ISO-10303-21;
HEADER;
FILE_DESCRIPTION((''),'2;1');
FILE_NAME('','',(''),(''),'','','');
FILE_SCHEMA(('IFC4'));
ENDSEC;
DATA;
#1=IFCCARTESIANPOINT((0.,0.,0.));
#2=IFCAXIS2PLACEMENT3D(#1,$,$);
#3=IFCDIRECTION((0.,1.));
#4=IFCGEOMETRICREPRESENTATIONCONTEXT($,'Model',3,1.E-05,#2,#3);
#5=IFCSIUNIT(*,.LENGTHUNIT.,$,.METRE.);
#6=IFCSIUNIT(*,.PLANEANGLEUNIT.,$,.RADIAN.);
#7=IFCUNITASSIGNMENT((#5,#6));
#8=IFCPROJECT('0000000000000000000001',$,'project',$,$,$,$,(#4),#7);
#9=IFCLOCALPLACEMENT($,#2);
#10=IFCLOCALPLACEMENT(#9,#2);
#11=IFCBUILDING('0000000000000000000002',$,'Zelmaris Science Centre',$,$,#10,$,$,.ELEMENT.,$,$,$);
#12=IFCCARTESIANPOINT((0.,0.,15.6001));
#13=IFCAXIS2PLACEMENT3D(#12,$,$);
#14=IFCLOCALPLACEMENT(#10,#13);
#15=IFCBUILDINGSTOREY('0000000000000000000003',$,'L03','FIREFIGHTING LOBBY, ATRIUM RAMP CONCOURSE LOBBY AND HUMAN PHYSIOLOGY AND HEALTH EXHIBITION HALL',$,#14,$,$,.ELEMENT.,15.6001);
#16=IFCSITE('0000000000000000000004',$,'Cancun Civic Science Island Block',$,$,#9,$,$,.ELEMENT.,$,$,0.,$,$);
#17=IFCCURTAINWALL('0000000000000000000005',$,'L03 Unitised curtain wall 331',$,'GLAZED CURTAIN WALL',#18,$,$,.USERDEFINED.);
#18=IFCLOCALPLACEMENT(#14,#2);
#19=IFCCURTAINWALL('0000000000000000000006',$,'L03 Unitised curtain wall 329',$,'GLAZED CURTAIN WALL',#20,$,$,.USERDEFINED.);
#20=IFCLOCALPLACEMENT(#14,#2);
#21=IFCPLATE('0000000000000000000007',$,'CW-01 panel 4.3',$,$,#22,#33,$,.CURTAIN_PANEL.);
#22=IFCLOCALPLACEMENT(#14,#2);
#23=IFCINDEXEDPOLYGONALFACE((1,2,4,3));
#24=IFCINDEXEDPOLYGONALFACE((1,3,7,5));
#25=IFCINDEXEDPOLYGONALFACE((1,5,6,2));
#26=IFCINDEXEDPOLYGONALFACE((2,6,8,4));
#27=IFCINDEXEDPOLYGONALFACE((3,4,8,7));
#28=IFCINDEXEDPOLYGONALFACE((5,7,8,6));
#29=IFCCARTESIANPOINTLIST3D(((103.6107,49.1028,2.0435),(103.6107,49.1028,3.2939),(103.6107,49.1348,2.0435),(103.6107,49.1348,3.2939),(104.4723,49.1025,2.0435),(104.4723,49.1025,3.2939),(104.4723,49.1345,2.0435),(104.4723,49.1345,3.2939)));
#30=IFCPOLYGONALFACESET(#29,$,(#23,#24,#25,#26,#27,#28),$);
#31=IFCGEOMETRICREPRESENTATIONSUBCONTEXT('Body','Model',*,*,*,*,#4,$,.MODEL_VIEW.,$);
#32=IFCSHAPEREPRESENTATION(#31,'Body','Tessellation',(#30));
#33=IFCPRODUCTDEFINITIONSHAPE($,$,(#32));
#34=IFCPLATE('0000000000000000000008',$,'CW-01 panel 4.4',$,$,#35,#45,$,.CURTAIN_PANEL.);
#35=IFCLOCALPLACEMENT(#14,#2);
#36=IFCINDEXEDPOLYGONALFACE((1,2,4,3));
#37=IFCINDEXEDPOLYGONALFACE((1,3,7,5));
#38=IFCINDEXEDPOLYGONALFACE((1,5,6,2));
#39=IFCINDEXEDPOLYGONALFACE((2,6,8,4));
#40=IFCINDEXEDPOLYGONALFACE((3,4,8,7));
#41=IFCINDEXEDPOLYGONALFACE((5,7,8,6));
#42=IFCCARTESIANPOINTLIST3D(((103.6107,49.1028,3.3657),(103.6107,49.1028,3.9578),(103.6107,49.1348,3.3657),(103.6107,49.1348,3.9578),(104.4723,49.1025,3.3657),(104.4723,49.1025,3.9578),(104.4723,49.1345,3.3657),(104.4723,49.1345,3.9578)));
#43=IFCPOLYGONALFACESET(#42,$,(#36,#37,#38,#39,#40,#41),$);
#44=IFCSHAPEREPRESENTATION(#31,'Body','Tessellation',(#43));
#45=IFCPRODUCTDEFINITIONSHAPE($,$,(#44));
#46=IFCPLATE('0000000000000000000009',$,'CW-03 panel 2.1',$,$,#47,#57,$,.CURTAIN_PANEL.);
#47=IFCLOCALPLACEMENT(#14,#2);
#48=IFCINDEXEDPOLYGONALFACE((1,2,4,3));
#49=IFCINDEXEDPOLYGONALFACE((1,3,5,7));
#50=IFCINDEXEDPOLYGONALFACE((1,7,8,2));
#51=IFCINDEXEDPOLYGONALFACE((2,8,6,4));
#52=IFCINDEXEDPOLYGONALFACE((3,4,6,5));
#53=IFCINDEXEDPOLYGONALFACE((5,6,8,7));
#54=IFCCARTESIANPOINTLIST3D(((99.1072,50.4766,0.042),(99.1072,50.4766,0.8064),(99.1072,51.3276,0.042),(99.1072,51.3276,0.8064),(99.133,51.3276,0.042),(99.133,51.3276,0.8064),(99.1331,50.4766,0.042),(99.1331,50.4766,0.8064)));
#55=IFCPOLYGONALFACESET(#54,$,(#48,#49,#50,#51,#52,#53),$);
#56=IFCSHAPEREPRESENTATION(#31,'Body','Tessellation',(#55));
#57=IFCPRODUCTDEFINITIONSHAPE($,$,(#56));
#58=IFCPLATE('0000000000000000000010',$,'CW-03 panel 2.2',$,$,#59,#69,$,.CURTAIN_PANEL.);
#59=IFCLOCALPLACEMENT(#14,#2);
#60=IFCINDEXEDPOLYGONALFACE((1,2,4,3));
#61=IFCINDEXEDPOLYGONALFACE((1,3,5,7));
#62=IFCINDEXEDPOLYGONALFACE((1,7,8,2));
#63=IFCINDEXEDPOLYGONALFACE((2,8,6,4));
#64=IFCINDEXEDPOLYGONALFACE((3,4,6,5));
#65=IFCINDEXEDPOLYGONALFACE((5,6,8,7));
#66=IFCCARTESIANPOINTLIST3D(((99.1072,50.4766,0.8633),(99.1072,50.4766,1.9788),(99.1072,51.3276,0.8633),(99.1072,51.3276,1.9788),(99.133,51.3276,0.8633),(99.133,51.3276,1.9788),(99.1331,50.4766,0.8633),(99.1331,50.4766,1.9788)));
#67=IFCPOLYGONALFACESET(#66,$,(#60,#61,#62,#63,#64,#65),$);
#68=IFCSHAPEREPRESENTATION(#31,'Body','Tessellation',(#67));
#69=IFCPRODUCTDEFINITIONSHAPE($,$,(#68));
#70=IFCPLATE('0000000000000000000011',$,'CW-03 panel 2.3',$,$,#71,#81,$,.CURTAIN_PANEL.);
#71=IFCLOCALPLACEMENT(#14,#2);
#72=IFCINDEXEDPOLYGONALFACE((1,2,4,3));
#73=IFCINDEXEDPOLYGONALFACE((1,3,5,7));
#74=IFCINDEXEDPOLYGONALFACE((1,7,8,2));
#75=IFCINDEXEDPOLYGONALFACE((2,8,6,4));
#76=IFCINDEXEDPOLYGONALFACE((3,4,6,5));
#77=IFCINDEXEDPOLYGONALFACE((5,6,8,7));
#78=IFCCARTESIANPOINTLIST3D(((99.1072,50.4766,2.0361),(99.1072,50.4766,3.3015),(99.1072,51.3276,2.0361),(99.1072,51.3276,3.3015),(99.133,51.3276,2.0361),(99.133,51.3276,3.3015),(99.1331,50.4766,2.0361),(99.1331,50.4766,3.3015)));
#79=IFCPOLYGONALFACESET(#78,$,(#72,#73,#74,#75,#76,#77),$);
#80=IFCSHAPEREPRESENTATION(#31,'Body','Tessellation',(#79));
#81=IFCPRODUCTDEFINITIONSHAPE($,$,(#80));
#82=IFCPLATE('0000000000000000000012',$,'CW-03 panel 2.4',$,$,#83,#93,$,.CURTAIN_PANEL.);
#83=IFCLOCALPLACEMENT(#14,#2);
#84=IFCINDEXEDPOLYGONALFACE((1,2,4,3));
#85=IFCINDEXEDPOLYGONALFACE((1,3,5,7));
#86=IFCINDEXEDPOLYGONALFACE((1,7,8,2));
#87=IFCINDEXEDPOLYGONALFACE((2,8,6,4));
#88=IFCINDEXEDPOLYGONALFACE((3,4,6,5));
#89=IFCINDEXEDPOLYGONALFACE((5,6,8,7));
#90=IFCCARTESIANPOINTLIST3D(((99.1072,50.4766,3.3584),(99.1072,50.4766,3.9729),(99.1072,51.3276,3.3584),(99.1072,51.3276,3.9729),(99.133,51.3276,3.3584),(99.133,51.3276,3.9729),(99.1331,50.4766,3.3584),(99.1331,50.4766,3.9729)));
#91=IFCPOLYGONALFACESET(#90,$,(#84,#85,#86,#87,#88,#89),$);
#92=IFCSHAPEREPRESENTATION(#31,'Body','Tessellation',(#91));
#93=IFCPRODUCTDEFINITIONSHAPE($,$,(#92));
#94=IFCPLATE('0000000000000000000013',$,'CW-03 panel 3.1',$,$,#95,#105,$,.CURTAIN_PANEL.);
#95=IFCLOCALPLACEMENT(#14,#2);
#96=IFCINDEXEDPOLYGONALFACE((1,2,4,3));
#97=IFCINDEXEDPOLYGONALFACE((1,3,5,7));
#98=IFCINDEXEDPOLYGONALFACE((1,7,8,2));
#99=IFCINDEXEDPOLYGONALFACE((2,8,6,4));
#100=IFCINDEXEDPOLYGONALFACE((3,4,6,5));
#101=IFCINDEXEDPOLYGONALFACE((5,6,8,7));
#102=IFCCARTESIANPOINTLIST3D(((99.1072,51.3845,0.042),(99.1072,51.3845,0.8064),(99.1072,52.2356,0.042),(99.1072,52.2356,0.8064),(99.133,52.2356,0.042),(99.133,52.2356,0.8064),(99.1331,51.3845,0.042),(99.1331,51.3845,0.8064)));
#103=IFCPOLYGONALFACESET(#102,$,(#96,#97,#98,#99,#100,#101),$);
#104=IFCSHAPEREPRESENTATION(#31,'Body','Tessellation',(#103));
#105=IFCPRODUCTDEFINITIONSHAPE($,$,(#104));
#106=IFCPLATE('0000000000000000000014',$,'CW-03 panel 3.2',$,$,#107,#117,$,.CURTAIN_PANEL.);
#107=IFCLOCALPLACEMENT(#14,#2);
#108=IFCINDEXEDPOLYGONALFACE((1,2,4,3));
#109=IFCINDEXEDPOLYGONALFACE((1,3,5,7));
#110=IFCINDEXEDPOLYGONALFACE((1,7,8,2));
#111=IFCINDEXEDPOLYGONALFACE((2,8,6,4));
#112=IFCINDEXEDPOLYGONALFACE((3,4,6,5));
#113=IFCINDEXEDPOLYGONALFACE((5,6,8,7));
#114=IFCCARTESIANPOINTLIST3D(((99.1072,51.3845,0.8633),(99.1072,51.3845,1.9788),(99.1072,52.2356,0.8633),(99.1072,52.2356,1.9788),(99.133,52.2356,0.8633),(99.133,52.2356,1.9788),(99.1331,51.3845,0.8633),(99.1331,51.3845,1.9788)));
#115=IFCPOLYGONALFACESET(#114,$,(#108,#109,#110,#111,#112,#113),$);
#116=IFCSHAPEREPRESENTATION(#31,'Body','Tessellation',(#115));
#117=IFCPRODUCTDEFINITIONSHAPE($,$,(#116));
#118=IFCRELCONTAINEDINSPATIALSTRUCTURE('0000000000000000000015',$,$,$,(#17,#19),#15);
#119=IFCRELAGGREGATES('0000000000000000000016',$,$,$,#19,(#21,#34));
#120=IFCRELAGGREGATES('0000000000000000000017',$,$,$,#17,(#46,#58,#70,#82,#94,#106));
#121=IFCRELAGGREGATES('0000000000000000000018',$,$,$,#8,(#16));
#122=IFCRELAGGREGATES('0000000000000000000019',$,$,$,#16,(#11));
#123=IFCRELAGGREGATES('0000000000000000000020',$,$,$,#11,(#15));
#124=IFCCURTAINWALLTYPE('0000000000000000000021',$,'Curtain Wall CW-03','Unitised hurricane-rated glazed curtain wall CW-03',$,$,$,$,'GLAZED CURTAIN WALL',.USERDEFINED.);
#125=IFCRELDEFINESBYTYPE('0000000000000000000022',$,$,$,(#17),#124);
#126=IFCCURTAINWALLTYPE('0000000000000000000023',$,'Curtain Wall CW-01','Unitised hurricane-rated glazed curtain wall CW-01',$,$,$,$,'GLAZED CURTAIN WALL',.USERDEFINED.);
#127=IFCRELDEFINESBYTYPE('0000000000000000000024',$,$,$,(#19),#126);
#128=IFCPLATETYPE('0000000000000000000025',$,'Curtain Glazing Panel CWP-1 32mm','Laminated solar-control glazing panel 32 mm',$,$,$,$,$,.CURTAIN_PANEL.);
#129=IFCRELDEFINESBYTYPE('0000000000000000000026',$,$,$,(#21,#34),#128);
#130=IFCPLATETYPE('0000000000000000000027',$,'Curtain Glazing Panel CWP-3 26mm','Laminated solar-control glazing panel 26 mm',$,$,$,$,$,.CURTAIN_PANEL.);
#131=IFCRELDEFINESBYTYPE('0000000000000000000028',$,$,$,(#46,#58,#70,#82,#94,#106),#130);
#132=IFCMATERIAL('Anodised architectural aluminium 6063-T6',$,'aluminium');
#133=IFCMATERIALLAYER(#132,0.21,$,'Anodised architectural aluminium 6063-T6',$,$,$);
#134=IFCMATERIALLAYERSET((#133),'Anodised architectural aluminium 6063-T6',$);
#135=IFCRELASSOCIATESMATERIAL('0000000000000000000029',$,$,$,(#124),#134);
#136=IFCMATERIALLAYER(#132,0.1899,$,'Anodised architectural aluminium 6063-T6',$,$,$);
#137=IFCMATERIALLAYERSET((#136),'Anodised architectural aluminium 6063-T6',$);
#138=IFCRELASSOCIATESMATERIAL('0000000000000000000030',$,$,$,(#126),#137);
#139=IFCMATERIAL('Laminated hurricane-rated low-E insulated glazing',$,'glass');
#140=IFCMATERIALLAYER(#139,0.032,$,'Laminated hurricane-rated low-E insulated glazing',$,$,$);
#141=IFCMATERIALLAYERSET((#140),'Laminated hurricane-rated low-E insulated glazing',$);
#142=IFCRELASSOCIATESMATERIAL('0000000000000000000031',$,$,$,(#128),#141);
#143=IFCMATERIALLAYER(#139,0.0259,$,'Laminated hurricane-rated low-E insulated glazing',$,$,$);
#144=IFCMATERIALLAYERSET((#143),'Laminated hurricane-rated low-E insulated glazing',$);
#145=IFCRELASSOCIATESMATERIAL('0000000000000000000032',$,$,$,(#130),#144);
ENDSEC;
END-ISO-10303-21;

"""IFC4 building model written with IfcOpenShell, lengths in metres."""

from ifc_helpers import new_model, si_unit, direction, frame, origin, origin_2d, place, context, subcontext, project, spatial, rectangle, extrude, material, layer, layer_set, type_object, element, aggregate, save


model = new_model("IFC4")

# Units and contexts
model_context = context("Model", 3, precision=1e-05, world=origin(), true_north=direction((0.0, 1.0)))
body_context = subcontext(model_context, "Body", "Model", "MODEL_VIEW")
ifc_project = project(units=[si_unit("LENGTHUNIT", "METRE"), si_unit("PLANEANGLEUNIT", "RADIAN")], contexts=[model_context])

# Site, building, storey
site_placement = place(None, origin())
site = spatial("IfcSite", under=ifc_project, at=site_placement, Name="Cancun Civic Science Island Block", CompositionType="ELEMENT", RefElevation=0.0)
building_placement = place(site_placement, origin())
building = spatial("IfcBuilding", under=site, at=building_placement, Name="Zelmaris Science Centre", CompositionType="ELEMENT")
storey_placement = place(building_placement, frame((0.0, 0.0, 15.6001)))
storey = spatial("IfcBuildingStorey", under=building, at=storey_placement, Name="L03", Description="FIREFIGHTING LOBBY, ATRIUM RAMP CONCOURSE LOBBY AND HUMAN PHYSIOLOGY AND HEALTH EXHIBITION HALL", CompositionType="ELEMENT", Elevation=15.6001)

# Curtain walls
ifc_material_1 = material(Name="Anodised architectural aluminium 6063-T6", Category="aluminium")
ifc_layer_1 = layer(ifc_material_1, 0.21, Name="Anodised architectural aluminium 6063-T6")
ifc_layer_set_1 = layer_set([ifc_layer_1], Name="Anodised architectural aluminium 6063-T6")
curtain_wall_type_1 = type_object("IfcCurtainWallType", Name="Curtain Wall CW-03", Description="Unitised hurricane-rated glazed curtain wall CW-03", ElementType="GLAZED CURTAIN WALL", PredefinedType="USERDEFINED", material=ifc_layer_set_1)
curtain_wall_1_placement = place(storey_placement, origin())
curtain_wall_1 = element("IfcCurtainWall", 1, at=curtain_wall_1_placement, inside=storey, type_object=curtain_wall_type_1, Name="L03 Unitised curtain wall 331", ObjectType="GLAZED CURTAIN WALL", PredefinedType="USERDEFINED")
ifc_layer_2 = layer(ifc_material_1, 0.1899, Name="Anodised architectural aluminium 6063-T6")
ifc_layer_set_2 = layer_set([ifc_layer_2], Name="Anodised architectural aluminium 6063-T6")
curtain_wall_type_2 = type_object("IfcCurtainWallType", Name="Curtain Wall CW-01", Description="Unitised hurricane-rated glazed curtain wall CW-01", ElementType="GLAZED CURTAIN WALL", PredefinedType="USERDEFINED", material=ifc_layer_set_2)
curtain_wall_2_placement = place(storey_placement, origin())
curtain_wall_2 = element("IfcCurtainWall", 2, at=curtain_wall_2_placement, inside=storey, type_object=curtain_wall_type_2, Name="L03 Unitised curtain wall 329", ObjectType="GLAZED CURTAIN WALL", PredefinedType="USERDEFINED")

# Plates
ifc_material_2 = material(Name="Laminated hurricane-rated low-E insulated glazing", Category="glass")
ifc_layer_3 = layer(ifc_material_2, 0.032, Name="Laminated hurricane-rated low-E insulated glazing")
ifc_layer_set_3 = layer_set([ifc_layer_3], Name="Laminated hurricane-rated low-E insulated glazing")
plate_type_1 = type_object("IfcPlateType", Name="Curtain Glazing Panel CWP-1 32mm", Description="Laminated solar-control glazing panel 32 mm", PredefinedType="CURTAIN_PANEL", material=ifc_layer_set_3)
plate_1_placement = place(storey_placement, frame((104.0415, 49.1187, 2.0435), z_axis=(0.0, 0.0, 1.0), x_axis=(-1.0, 0.000284, 0.0)))
plate_1 = element("IfcPlate", 3, at=plate_1_placement, type_object=plate_type_1, Name="CW-01 panel 4.3", PredefinedType="CURTAIN_PANEL", context=body_context, shape_type="SweptSolid", body=[
    extrude(rectangle(XDim=0.8616, YDim=0.032, at=origin_2d()), origin(), (0.0, 0.0, 1.0), 1.2505),
])
plate_2_placement = place(storey_placement, frame((104.0415, 49.1187, 3.3657), z_axis=(0.0, 0.0, 1.0), x_axis=(-1.0, 0.000284, 0.0)))
plate_2 = element("IfcPlate", 4, at=plate_2_placement, type_object=plate_type_1, Name="CW-01 panel 4.4", PredefinedType="CURTAIN_PANEL", context=body_context, shape_type="SweptSolid", body=[
    extrude(rectangle(XDim=0.8616, YDim=0.032, at=origin_2d()), origin(), (0.0, 0.0, 1.0), 0.592),
])
aggregate(curtain_wall_2, [plate_1, plate_2])
ifc_layer_4 = layer(ifc_material_2, 0.0259, Name="Laminated hurricane-rated low-E insulated glazing")
ifc_layer_set_4 = layer_set([ifc_layer_4], Name="Laminated hurricane-rated low-E insulated glazing")
plate_type_2 = type_object("IfcPlateType", Name="Curtain Glazing Panel CWP-3 26mm", Description="Laminated solar-control glazing panel 26 mm", PredefinedType="CURTAIN_PANEL", material=ifc_layer_set_4)
plate_3_placement = place(storey_placement, frame((99.1201, 50.9021, 0.042), z_axis=(0.0, 0.0, 1.0), x_axis=(-0.000022, 1.0, 0.0)))
plate_3 = element("IfcPlate", 5, at=plate_3_placement, type_object=plate_type_2, Name="CW-03 panel 2.1", PredefinedType="CURTAIN_PANEL", context=body_context, shape_type="SweptSolid", body=[
    extrude(rectangle(XDim=0.8511, YDim=0.0259, at=origin_2d()), origin(), (0.0, 0.0, 1.0), 0.7644),
])
plate_4_placement = place(storey_placement, frame((99.1201, 50.9021, 0.8633), z_axis=(0.0, 0.0, 1.0), x_axis=(-0.000022, 1.0, 0.0)))
plate_4 = element("IfcPlate", 6, at=plate_4_placement, type_object=plate_type_2, Name="CW-03 panel 2.2", PredefinedType="CURTAIN_PANEL", context=body_context, shape_type="SweptSolid", body=[
    extrude(rectangle(XDim=0.8511, YDim=0.0259, at=origin_2d()), origin(), (0.0, 0.0, 1.0), 1.1155),
])
plate_5_placement = place(storey_placement, frame((99.1201, 50.9021, 2.0361), z_axis=(0.0, 0.0, 1.0), x_axis=(-0.000022, 1.0, 0.0)))
plate_5 = element("IfcPlate", 7, at=plate_5_placement, type_object=plate_type_2, Name="CW-03 panel 2.3", PredefinedType="CURTAIN_PANEL", context=body_context, shape_type="SweptSolid", body=[
    extrude(rectangle(XDim=0.8511, YDim=0.0259, at=origin_2d()), origin(), (0.0, 0.0, 1.0), 1.2654),
])
plate_6_placement = place(storey_placement, frame((99.1201, 50.9021, 3.3584), z_axis=(0.0, 0.0, 1.0), x_axis=(-0.000022, 1.0, 0.0)))
plate_6 = element("IfcPlate", 8, at=plate_6_placement, type_object=plate_type_2, Name="CW-03 panel 2.4", PredefinedType="CURTAIN_PANEL", context=body_context, shape_type="SweptSolid", body=[
    extrude(rectangle(XDim=0.8511, YDim=0.0259, at=origin_2d()), origin(), (0.0, 0.0, 1.0), 0.6145),
])
plate_7_placement = place(storey_placement, frame((99.1201, 51.8101, 0.042), z_axis=(0.0, 0.0, 1.0), x_axis=(-0.000022, 1.0, 0.0)))
plate_7 = element("IfcPlate", 9, at=plate_7_placement, type_object=plate_type_2, Name="CW-03 panel 3.1", PredefinedType="CURTAIN_PANEL", context=body_context, shape_type="SweptSolid", body=[
    extrude(rectangle(XDim=0.8511, YDim=0.0259, at=origin_2d()), origin(), (0.0, 0.0, 1.0), 0.7644),
])
plate_8_placement = place(storey_placement, frame((99.1201, 51.8101, 0.8633), z_axis=(0.0, 0.0, 1.0), x_axis=(-0.000022, 1.0, 0.0)))
plate_8 = element("IfcPlate", 10, at=plate_8_placement, type_object=plate_type_2, Name="CW-03 panel 3.2", PredefinedType="CURTAIN_PANEL", context=body_context, shape_type="SweptSolid", body=[
    extrude(rectangle(XDim=0.8511, YDim=0.0259, at=origin_2d()), origin(), (0.0, 0.0, 1.0), 1.1155),
])
aggregate(curtain_wall_1, [plate_3, plate_4, plate_5, plate_6, plate_7, plate_8])

save(model, "model.ifc")
